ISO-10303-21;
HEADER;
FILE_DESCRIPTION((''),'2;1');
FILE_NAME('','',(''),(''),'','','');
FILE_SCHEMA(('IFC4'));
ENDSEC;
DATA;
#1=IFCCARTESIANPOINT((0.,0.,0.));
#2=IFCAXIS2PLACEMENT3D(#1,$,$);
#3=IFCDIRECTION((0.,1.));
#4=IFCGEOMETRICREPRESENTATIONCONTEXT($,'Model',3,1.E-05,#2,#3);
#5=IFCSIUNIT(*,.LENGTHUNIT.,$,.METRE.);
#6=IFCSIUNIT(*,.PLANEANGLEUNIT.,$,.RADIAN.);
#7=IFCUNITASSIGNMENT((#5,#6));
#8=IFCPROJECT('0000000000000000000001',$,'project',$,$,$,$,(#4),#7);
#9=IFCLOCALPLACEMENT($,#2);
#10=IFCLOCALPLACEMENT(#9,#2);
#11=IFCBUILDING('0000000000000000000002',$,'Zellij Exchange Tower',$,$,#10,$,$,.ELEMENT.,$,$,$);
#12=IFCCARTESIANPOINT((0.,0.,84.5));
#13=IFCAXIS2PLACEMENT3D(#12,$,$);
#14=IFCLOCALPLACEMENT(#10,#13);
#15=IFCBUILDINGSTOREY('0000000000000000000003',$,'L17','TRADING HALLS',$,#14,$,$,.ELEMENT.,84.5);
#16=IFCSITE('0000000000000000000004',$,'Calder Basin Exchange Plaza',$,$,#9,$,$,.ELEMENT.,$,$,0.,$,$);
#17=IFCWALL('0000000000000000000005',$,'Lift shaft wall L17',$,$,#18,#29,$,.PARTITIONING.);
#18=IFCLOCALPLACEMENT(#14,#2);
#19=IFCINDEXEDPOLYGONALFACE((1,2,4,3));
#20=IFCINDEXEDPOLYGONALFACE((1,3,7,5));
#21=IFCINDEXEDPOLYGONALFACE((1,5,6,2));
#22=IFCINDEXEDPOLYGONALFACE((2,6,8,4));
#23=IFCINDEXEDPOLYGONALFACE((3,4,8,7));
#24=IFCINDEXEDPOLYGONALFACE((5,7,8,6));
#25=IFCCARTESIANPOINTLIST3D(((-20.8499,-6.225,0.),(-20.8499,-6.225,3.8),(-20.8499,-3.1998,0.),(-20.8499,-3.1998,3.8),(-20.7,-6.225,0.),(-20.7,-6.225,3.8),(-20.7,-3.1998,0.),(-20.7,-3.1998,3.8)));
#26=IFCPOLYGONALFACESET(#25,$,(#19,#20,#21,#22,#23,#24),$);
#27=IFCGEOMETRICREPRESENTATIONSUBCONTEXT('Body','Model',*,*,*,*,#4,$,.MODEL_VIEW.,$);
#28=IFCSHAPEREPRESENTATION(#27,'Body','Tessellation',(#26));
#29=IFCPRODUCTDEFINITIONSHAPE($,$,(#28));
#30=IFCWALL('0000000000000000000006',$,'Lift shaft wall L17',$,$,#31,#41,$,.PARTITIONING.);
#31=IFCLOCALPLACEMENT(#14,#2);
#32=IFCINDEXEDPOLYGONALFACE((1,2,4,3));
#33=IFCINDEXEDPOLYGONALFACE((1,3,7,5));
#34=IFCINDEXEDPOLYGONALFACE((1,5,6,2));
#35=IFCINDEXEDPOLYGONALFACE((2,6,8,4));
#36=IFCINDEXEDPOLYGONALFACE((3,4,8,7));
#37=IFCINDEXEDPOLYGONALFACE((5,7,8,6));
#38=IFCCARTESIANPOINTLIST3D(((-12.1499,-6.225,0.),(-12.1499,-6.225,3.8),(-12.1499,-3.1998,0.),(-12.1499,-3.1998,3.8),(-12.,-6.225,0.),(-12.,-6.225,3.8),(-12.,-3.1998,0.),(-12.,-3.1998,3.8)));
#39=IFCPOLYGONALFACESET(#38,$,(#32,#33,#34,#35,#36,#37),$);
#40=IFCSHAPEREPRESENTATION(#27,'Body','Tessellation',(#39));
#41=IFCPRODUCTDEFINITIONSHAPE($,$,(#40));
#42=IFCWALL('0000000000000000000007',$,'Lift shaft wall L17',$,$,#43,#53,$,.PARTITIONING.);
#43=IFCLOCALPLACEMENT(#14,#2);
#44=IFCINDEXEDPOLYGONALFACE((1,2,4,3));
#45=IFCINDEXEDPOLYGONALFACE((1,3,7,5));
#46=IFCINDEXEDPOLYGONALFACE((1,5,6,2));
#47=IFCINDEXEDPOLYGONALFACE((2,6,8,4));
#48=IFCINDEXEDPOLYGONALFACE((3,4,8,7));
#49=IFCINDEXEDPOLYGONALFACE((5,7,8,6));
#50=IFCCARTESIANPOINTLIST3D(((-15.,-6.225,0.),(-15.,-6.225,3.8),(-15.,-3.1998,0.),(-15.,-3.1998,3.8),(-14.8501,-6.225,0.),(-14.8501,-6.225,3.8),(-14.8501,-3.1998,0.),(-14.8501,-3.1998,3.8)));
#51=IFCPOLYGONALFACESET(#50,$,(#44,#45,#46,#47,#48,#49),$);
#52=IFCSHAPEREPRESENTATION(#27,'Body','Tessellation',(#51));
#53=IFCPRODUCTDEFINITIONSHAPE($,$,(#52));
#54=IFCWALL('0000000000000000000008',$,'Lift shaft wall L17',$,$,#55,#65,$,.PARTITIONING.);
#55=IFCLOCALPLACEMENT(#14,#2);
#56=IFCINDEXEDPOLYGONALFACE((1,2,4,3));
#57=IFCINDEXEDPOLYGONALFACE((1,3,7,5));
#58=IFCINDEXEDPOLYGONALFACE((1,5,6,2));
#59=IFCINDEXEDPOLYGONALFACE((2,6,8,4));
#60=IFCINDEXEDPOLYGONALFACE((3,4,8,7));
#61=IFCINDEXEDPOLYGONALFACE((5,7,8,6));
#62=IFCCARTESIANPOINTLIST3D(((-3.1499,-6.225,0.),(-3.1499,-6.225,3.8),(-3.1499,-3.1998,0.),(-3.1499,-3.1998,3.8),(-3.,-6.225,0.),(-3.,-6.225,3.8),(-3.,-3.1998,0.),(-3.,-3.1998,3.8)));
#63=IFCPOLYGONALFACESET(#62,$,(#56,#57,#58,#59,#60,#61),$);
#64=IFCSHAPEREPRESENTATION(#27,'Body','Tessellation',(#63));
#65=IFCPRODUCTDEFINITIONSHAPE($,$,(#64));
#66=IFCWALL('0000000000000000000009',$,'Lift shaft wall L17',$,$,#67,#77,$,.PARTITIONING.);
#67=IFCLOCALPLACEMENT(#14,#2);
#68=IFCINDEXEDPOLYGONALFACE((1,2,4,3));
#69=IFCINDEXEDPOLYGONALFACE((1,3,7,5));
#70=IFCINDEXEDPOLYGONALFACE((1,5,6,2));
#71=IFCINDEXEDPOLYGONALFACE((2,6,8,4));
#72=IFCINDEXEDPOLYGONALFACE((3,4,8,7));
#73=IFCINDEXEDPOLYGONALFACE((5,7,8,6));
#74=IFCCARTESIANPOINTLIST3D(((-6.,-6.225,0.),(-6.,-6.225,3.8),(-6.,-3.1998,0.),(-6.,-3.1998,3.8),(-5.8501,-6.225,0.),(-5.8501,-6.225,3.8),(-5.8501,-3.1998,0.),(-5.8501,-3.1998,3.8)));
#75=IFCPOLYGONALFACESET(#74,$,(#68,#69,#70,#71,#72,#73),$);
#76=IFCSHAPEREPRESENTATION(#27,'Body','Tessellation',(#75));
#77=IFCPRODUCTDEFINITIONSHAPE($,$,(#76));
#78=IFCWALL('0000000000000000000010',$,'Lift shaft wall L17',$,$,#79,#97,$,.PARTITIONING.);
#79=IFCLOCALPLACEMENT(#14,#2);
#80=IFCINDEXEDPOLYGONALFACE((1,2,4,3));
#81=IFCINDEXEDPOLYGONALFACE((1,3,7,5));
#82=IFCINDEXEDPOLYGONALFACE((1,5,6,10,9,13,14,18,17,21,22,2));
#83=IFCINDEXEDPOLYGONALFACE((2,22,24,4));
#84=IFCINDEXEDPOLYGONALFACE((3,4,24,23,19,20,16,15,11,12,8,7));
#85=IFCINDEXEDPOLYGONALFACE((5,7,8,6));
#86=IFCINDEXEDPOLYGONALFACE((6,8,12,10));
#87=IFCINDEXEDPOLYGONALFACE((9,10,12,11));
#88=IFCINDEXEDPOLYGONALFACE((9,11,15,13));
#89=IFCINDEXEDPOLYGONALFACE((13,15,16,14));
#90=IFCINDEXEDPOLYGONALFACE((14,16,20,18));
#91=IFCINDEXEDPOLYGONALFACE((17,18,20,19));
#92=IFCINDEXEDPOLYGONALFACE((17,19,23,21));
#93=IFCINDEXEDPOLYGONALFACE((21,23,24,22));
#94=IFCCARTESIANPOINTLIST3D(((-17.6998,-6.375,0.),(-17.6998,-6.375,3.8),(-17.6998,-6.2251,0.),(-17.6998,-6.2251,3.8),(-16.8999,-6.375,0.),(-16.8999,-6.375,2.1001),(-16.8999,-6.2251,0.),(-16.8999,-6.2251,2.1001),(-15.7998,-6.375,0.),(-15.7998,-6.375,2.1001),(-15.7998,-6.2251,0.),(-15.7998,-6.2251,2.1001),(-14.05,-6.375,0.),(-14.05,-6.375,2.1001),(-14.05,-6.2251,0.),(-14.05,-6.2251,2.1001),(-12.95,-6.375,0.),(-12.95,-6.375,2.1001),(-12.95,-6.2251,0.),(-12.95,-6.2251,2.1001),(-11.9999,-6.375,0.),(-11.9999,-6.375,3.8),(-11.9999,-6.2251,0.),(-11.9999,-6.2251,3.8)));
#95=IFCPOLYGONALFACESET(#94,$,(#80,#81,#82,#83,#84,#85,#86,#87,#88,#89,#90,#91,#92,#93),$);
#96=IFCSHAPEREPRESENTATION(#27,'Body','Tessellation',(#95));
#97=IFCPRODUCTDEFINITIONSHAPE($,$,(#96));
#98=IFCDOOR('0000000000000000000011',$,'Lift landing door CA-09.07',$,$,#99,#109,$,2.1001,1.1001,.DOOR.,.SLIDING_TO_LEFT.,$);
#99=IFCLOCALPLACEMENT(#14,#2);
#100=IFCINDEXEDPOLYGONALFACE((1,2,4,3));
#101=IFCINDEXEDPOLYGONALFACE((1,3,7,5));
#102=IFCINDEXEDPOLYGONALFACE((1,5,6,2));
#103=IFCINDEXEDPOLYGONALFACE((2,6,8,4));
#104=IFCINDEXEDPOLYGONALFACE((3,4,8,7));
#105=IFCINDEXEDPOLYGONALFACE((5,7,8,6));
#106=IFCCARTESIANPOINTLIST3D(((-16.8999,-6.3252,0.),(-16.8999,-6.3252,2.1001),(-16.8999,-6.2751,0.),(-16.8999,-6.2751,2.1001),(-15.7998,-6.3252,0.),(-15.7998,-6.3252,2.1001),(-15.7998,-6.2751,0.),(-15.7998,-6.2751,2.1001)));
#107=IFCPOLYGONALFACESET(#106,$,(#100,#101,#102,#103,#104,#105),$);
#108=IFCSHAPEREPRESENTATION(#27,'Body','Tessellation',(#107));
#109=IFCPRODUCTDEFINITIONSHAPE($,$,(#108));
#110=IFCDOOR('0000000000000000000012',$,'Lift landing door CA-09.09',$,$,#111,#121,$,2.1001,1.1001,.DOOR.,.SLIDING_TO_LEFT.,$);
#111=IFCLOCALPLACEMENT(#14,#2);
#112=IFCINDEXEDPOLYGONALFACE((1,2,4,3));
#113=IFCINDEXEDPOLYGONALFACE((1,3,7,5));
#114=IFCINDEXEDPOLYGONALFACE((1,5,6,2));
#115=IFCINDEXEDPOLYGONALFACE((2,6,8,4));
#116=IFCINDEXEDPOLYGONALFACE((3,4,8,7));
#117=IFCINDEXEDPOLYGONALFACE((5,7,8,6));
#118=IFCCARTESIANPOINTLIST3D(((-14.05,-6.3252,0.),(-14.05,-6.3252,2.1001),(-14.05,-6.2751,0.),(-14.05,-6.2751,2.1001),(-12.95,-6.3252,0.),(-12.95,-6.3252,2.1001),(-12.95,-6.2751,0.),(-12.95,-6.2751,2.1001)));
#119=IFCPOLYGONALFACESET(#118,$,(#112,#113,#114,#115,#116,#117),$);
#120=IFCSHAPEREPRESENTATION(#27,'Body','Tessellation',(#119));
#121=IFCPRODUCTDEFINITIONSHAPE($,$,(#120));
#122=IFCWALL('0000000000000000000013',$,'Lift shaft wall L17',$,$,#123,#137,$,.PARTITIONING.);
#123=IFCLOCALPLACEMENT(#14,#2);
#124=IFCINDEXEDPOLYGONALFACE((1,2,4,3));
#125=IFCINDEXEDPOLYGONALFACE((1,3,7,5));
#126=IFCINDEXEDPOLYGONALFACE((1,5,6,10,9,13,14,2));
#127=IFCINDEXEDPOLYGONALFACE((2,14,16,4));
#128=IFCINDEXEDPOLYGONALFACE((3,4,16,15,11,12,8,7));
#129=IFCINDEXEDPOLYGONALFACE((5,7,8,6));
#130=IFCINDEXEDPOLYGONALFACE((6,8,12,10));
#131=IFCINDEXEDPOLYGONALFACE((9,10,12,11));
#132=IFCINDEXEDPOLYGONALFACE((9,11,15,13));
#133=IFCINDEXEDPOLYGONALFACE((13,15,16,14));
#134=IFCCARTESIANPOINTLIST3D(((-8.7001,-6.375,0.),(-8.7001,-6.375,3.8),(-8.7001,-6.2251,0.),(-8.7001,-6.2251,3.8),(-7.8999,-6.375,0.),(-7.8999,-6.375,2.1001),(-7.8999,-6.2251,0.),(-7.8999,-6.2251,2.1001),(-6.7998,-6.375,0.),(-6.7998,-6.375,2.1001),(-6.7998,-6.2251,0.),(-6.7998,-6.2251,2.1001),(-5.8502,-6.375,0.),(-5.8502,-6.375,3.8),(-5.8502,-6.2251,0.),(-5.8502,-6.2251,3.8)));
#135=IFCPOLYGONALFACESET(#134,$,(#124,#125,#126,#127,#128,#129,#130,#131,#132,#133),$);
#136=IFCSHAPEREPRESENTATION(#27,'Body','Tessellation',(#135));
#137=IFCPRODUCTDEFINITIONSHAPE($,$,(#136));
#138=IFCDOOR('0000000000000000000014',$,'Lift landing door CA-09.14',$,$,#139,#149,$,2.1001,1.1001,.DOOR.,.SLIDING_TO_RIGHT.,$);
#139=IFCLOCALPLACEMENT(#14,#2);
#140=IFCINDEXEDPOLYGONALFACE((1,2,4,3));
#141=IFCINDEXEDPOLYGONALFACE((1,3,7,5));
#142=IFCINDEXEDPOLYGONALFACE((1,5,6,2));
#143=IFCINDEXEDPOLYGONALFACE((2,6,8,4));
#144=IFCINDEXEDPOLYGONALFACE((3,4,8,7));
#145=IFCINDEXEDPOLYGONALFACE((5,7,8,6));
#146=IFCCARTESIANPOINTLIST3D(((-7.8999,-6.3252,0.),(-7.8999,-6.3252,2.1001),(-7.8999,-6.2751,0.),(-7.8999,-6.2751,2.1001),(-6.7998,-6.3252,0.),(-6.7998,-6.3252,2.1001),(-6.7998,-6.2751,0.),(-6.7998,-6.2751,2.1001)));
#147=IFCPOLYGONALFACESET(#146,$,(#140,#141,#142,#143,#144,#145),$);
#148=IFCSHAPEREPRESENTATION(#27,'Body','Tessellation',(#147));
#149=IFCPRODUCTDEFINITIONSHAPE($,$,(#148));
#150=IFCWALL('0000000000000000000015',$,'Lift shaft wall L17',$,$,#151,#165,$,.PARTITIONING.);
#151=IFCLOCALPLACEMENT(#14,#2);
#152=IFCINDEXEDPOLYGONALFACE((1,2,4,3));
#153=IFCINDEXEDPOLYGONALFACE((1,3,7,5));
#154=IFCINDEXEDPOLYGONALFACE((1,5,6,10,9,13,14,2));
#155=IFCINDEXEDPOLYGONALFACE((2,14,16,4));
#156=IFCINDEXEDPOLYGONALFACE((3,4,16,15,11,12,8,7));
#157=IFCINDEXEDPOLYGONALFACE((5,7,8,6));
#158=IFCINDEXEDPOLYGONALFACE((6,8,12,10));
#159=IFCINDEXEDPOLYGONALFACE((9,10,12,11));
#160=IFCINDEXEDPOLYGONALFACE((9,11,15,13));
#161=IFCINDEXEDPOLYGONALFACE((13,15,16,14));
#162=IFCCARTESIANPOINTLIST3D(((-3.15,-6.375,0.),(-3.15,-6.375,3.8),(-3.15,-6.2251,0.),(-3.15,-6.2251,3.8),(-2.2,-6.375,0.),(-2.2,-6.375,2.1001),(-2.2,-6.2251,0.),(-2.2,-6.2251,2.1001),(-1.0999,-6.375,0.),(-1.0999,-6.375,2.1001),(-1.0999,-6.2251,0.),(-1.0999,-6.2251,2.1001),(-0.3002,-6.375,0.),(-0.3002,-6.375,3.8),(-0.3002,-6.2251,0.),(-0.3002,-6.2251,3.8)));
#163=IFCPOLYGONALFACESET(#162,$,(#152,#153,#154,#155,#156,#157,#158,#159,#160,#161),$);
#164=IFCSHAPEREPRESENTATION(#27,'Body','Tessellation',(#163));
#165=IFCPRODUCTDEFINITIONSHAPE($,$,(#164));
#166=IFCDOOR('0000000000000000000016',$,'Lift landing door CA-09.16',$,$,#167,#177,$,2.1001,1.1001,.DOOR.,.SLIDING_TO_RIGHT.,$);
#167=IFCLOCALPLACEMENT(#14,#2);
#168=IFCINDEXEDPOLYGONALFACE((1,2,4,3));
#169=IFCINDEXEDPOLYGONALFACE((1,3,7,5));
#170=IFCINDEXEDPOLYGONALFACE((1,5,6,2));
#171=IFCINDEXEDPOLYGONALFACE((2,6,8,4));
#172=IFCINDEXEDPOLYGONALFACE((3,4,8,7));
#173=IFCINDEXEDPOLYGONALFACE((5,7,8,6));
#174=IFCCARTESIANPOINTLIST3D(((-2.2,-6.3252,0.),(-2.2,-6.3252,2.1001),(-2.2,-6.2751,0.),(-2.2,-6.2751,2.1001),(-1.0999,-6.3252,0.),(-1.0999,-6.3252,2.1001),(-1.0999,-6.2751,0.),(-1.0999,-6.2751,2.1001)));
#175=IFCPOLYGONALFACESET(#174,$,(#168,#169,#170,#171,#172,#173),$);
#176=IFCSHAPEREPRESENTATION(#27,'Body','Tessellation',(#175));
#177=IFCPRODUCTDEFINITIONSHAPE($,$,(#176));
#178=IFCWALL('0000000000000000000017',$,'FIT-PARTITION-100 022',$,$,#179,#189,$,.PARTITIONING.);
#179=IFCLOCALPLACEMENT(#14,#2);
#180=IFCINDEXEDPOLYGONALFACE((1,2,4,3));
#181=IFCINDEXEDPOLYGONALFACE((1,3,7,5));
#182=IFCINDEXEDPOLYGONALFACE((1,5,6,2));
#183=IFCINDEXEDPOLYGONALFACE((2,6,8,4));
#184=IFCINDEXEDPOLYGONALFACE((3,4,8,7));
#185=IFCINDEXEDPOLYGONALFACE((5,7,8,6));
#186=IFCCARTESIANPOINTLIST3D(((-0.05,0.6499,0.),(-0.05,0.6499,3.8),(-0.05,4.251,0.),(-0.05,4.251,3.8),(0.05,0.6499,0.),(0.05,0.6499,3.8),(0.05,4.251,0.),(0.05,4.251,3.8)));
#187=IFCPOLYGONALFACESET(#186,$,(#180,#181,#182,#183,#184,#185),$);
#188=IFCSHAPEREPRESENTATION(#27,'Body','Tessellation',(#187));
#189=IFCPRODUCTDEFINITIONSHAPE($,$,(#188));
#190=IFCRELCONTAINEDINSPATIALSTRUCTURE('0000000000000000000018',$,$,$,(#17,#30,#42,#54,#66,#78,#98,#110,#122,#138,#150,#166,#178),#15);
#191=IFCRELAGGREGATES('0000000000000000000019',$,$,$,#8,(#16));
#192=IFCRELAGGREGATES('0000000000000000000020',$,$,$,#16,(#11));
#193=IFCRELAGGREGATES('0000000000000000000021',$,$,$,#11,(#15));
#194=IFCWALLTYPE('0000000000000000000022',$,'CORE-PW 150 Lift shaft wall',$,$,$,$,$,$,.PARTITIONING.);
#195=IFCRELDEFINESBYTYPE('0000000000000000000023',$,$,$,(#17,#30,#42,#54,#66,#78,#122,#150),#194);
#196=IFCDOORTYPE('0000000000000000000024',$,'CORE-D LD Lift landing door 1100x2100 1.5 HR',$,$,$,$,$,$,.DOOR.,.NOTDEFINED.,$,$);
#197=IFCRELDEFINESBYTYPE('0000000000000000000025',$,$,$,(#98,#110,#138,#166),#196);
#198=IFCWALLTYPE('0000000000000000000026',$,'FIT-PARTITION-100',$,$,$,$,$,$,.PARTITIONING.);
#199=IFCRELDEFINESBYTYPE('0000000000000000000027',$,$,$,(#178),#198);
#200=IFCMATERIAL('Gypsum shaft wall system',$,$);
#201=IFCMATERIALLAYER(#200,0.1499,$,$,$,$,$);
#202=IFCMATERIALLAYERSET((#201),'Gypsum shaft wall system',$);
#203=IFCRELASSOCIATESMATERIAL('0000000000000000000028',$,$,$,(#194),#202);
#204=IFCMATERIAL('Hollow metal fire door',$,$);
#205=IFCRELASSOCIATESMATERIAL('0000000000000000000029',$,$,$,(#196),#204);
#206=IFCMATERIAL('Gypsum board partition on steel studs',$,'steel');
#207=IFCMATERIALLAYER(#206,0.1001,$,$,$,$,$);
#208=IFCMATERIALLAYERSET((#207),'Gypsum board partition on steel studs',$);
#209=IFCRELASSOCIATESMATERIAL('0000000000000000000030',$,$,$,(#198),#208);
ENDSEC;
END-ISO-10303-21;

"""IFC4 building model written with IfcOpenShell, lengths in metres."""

from ifc_helpers import new_model, si_unit, direction, frame, frame_2d, origin, place, context, subcontext, project, spatial, rectangle, extrude, material, layer, layer_set, type_object, element, fill, save


model = new_model("IFC4")

# Units and contexts
model_context = context("Model", 3, precision=1e-05, world=origin(), true_north=direction((0.0, 1.0)))
body_context = subcontext(model_context, "Body", "Model", "MODEL_VIEW")
ifc_project = project(units=[si_unit("LENGTHUNIT", "METRE"), si_unit("PLANEANGLEUNIT", "RADIAN")], contexts=[model_context])

# Site, building, storey
site_placement = place(None, origin())
site = spatial("IfcSite", under=ifc_project, at=site_placement, Name="Calder Basin Exchange Plaza", CompositionType="ELEMENT", RefElevation=0.0)
building_placement = place(site_placement, origin())
building = spatial("IfcBuilding", under=site, at=building_placement, Name="Zellij Exchange Tower", CompositionType="ELEMENT")
storey_placement = place(building_placement, frame((0.0, 0.0, 84.5)))
storey = spatial("IfcBuildingStorey", under=building, at=storey_placement, Name="L17", Description="TRADING HALLS", CompositionType="ELEMENT", Elevation=84.5)

# Walls
ifc_material_1 = material(Name="Gypsum shaft wall system")
ifc_layer_1 = layer(ifc_material_1, 0.1499)
ifc_layer_set_1 = layer_set([ifc_layer_1], Name="Gypsum shaft wall system")
wall_type_1 = type_object("IfcWallType", Name="CORE-PW 150 Lift shaft wall", PredefinedType="PARTITIONING", material=ifc_layer_set_1)
for number, where, z_axis, x_axis, name in (
    (1, (-20.7749, -6.2251, 0.0), (0.0, 0.0, 1.0), (0.0, 1.0, 0.0), "Lift shaft wall L17"),
    (2, (-12.075, -6.2251, 0.0), (0.0, 0.0, 1.0), (0.0, 1.0, 0.0), "Lift shaft wall L17"),
    (3, (-14.925, -6.2251, 0.0), (0.0, 0.0, 1.0), (0.0, 1.0, 0.0), "Lift shaft wall L17"),
    (4, (-3.075, -6.2251, 0.0), (0.0, 0.0, 1.0), (0.0, 1.0, 0.0), "Lift shaft wall L17"),
    (5, (-5.925, -6.2251, 0.0), (0.0, 0.0, 1.0), (0.0, 1.0, 0.0), "Lift shaft wall L17"),
):
    element("IfcWall", number, at=place(storey_placement, frame(where, z_axis=z_axis, x_axis=x_axis)), inside=storey, type_object=wall_type_1, Name=name, PredefinedType="PARTITIONING", context=body_context, shape_type="SweptSolid", body=[
        extrude(rectangle(XDim=3.0251, YDim=0.1499, at=frame_2d((1.5127, 0.0))), origin(), (0.0, 0.0, 1.0), 3.8),
    ])

# Wall, openings, doors
wall_1_placement = place(storey_placement, frame((-17.7, -6.3, 0.0), z_axis=(0.0, 0.0, 1.0), x_axis=(1.0, 0.0, 0.0)))
wall_1 = element("IfcWall", 6, at=wall_1_placement, inside=storey, type_object=wall_type_1, Name="Lift shaft wall L17", PredefinedType="PARTITIONING", context=body_context, shape_type="SweptSolid", body=[
    extrude(rectangle(XDim=5.7, YDim=0.1499, at=frame_2d((2.8501, 0.0))), origin(), (0.0, 0.0, 1.0), 3.8),
])
opening_1_placement = place(wall_1_placement, frame((0.8, 0.0, 0.0)))
opening_1 = element("IfcOpeningElement", 7, at=opening_1_placement, cuts=wall_1, PredefinedType="OPENING", context=body_context, shape_type="SweptSolid", body=[
    extrude(rectangle(XDim=1.1001, YDim=2.1001, at=frame_2d((0.55, 1.05))), frame((0.0, 0.0869, 0.0), z_axis=(0.0, -1.0, 0.0), x_axis=(1.0, 0.0, 0.0)), (0.0, 0.0, 1.0), 0.1738),
])
opening_2_placement = place(wall_1_placement, frame((3.6499, 0.0, 0.0)))
opening_2 = element("IfcOpeningElement", 8, at=opening_2_placement, cuts=wall_1, PredefinedType="OPENING", context=body_context, shape_type="SweptSolid", body=[
    extrude(rectangle(XDim=1.1001, YDim=2.1001, at=frame_2d((0.55, 1.05))), frame((0.0, 0.0869, 0.0), z_axis=(0.0, -1.0, 0.0), x_axis=(1.0, 0.0, 0.0)), (0.0, 0.0, 1.0), 0.1738),
])
ifc_material_2 = material(Name="Hollow metal fire door")
door_type = type_object("IfcDoorType", Name="CORE-D LD Lift landing door 1100x2100 1.5 HR", OperationType="NOTDEFINED", PredefinedType="DOOR", material=ifc_material_2)
door_1_placement = place(opening_1_placement, origin())
door_1 = element("IfcDoor", 9, at=door_1_placement, inside=storey, type_object=door_type, Name="Lift landing door CA-09.07", OperationType="SLIDING_TO_LEFT", OverallHeight=2.1001, OverallWidth=1.1001, PredefinedType="DOOR", context=body_context, shape_type="SweptSolid", body=[
    extrude(rectangle(XDim=1.1001, YDim=2.1001, at=frame_2d((0.55, 1.05))), frame((0.0, 0.0249, 0.0), z_axis=(0.0, -1.0, 0.0), x_axis=(1.0, 0.0, 0.0)), (0.0, 0.0, 1.0), 0.05),
])
fill(opening_1, door_1)
door_2_placement = place(opening_2_placement, origin())
door_2 = element("IfcDoor", 10, at=door_2_placement, inside=storey, type_object=door_type, Name="Lift landing door CA-09.09", OperationType="SLIDING_TO_LEFT", OverallHeight=2.1001, OverallWidth=1.1001, PredefinedType="DOOR", context=body_context, shape_type="SweptSolid", body=[
    extrude(rectangle(XDim=1.1001, YDim=2.1001, at=frame_2d((0.55, 1.05))), frame((0.0, 0.0249, 0.0), z_axis=(0.0, -1.0, 0.0), x_axis=(1.0, 0.0, 0.0)), (0.0, 0.0, 1.0), 0.05),
])
fill(opening_2, door_2)

# Walls, openings, doors
wall_2_placement = place(storey_placement, frame((-8.7, -6.3, 0.0), z_axis=(0.0, 0.0, 1.0), x_axis=(1.0, 0.0, 0.0)))
wall_2 = element("IfcWall", 11, at=wall_2_placement, inside=storey, type_object=wall_type_1, Name="Lift shaft wall L17", PredefinedType="PARTITIONING", context=body_context, shape_type="SweptSolid", body=[
    extrude(rectangle(XDim=2.8499, YDim=0.1499, at=frame_2d((1.4248, 0.0))), origin(), (0.0, 0.0, 1.0), 3.8),
])
opening_3_placement = place(wall_2_placement, frame((0.8, 0.0, 0.0)))
opening_3 = element("IfcOpeningElement", 12, at=opening_3_placement, cuts=wall_2, PredefinedType="OPENING", context=body_context, shape_type="SweptSolid", body=[
    extrude(rectangle(XDim=1.1001, YDim=2.1001, at=frame_2d((0.55, 1.05))), frame((0.0, 0.0869, 0.0), z_axis=(0.0, -1.0, 0.0), x_axis=(1.0, 0.0, 0.0)), (0.0, 0.0, 1.0), 0.1738),
])
door_3_placement = place(opening_3_placement, origin())
door_3 = element("IfcDoor", 13, at=door_3_placement, inside=storey, type_object=door_type, Name="Lift landing door CA-09.14", OperationType="SLIDING_TO_RIGHT", OverallHeight=2.1001, OverallWidth=1.1001, PredefinedType="DOOR", context=body_context, shape_type="SweptSolid", body=[
    extrude(rectangle(XDim=1.1001, YDim=2.1001, at=frame_2d((0.55, 1.05))), frame((0.0, 0.0249, 0.0), z_axis=(0.0, -1.0, 0.0), x_axis=(1.0, 0.0, 0.0)), (0.0, 0.0, 1.0), 0.05),
])
fill(opening_3, door_3)
wall_3_placement = place(storey_placement, frame((-3.1499, -6.3, 0.0), z_axis=(0.0, 0.0, 1.0), x_axis=(1.0, 0.0, 0.0)))
wall_3 = element("IfcWall", 14, at=wall_3_placement, inside=storey, type_object=wall_type_1, Name="Lift shaft wall L17", PredefinedType="PARTITIONING", context=body_context, shape_type="SweptSolid", body=[
    extrude(rectangle(XDim=2.8499, YDim=0.1499, at=frame_2d((1.4248, 0.0))), origin(), (0.0, 0.0, 1.0), 3.8),
])
opening_4_placement = place(wall_3_placement, frame((0.95, 0.0, 0.0)))
opening_4 = element("IfcOpeningElement", 15, at=opening_4_placement, cuts=wall_3, PredefinedType="OPENING", context=body_context, shape_type="SweptSolid", body=[
    extrude(rectangle(XDim=1.1001, YDim=2.1001, at=frame_2d((0.55, 1.05))), frame((0.0, 0.0869, 0.0), z_axis=(0.0, -1.0, 0.0), x_axis=(1.0, 0.0, 0.0)), (0.0, 0.0, 1.0), 0.1738),
])
door_4_placement = place(opening_4_placement, origin())
door_4 = element("IfcDoor", 16, at=door_4_placement, inside=storey, type_object=door_type, Name="Lift landing door CA-09.16", OperationType="SLIDING_TO_RIGHT", OverallHeight=2.1001, OverallWidth=1.1001, PredefinedType="DOOR", context=body_context, shape_type="SweptSolid", body=[
    extrude(rectangle(XDim=1.1001, YDim=2.1001, at=frame_2d((0.55, 1.05))), frame((0.0, 0.0249, 0.0), z_axis=(0.0, -1.0, 0.0), x_axis=(1.0, 0.0, 0.0)), (0.0, 0.0, 1.0), 0.05),
])
fill(opening_4, door_4)

# Wall
ifc_material_3 = material(Name="Gypsum board partition on steel studs", Category="steel")
ifc_layer_2 = layer(ifc_material_3, 0.1001)
ifc_layer_set_2 = layer_set([ifc_layer_2], Name="Gypsum board partition on steel studs")
wall_type_2 = type_object("IfcWallType", Name="FIT-PARTITION-100", PredefinedType="PARTITIONING", material=ifc_layer_set_2)
wall_4_placement = place(storey_placement, frame((0.0, 0.6499, 0.0), z_axis=(0.0, 0.0, 1.0), x_axis=(0.0, 1.0, 0.0)))
element("IfcWall", 17, at=wall_4_placement, inside=storey, type_object=wall_type_2, Name="FIT-PARTITION-100 022", PredefinedType="PARTITIONING", context=body_context, shape_type="SweptSolid", body=[
    extrude(rectangle(XDim=3.6011, YDim=0.1001, at=frame_2d((1.8005, 0.0))), origin(), (0.0, 0.0, 1.0), 3.8),
])

save(model, "model.ifc")
